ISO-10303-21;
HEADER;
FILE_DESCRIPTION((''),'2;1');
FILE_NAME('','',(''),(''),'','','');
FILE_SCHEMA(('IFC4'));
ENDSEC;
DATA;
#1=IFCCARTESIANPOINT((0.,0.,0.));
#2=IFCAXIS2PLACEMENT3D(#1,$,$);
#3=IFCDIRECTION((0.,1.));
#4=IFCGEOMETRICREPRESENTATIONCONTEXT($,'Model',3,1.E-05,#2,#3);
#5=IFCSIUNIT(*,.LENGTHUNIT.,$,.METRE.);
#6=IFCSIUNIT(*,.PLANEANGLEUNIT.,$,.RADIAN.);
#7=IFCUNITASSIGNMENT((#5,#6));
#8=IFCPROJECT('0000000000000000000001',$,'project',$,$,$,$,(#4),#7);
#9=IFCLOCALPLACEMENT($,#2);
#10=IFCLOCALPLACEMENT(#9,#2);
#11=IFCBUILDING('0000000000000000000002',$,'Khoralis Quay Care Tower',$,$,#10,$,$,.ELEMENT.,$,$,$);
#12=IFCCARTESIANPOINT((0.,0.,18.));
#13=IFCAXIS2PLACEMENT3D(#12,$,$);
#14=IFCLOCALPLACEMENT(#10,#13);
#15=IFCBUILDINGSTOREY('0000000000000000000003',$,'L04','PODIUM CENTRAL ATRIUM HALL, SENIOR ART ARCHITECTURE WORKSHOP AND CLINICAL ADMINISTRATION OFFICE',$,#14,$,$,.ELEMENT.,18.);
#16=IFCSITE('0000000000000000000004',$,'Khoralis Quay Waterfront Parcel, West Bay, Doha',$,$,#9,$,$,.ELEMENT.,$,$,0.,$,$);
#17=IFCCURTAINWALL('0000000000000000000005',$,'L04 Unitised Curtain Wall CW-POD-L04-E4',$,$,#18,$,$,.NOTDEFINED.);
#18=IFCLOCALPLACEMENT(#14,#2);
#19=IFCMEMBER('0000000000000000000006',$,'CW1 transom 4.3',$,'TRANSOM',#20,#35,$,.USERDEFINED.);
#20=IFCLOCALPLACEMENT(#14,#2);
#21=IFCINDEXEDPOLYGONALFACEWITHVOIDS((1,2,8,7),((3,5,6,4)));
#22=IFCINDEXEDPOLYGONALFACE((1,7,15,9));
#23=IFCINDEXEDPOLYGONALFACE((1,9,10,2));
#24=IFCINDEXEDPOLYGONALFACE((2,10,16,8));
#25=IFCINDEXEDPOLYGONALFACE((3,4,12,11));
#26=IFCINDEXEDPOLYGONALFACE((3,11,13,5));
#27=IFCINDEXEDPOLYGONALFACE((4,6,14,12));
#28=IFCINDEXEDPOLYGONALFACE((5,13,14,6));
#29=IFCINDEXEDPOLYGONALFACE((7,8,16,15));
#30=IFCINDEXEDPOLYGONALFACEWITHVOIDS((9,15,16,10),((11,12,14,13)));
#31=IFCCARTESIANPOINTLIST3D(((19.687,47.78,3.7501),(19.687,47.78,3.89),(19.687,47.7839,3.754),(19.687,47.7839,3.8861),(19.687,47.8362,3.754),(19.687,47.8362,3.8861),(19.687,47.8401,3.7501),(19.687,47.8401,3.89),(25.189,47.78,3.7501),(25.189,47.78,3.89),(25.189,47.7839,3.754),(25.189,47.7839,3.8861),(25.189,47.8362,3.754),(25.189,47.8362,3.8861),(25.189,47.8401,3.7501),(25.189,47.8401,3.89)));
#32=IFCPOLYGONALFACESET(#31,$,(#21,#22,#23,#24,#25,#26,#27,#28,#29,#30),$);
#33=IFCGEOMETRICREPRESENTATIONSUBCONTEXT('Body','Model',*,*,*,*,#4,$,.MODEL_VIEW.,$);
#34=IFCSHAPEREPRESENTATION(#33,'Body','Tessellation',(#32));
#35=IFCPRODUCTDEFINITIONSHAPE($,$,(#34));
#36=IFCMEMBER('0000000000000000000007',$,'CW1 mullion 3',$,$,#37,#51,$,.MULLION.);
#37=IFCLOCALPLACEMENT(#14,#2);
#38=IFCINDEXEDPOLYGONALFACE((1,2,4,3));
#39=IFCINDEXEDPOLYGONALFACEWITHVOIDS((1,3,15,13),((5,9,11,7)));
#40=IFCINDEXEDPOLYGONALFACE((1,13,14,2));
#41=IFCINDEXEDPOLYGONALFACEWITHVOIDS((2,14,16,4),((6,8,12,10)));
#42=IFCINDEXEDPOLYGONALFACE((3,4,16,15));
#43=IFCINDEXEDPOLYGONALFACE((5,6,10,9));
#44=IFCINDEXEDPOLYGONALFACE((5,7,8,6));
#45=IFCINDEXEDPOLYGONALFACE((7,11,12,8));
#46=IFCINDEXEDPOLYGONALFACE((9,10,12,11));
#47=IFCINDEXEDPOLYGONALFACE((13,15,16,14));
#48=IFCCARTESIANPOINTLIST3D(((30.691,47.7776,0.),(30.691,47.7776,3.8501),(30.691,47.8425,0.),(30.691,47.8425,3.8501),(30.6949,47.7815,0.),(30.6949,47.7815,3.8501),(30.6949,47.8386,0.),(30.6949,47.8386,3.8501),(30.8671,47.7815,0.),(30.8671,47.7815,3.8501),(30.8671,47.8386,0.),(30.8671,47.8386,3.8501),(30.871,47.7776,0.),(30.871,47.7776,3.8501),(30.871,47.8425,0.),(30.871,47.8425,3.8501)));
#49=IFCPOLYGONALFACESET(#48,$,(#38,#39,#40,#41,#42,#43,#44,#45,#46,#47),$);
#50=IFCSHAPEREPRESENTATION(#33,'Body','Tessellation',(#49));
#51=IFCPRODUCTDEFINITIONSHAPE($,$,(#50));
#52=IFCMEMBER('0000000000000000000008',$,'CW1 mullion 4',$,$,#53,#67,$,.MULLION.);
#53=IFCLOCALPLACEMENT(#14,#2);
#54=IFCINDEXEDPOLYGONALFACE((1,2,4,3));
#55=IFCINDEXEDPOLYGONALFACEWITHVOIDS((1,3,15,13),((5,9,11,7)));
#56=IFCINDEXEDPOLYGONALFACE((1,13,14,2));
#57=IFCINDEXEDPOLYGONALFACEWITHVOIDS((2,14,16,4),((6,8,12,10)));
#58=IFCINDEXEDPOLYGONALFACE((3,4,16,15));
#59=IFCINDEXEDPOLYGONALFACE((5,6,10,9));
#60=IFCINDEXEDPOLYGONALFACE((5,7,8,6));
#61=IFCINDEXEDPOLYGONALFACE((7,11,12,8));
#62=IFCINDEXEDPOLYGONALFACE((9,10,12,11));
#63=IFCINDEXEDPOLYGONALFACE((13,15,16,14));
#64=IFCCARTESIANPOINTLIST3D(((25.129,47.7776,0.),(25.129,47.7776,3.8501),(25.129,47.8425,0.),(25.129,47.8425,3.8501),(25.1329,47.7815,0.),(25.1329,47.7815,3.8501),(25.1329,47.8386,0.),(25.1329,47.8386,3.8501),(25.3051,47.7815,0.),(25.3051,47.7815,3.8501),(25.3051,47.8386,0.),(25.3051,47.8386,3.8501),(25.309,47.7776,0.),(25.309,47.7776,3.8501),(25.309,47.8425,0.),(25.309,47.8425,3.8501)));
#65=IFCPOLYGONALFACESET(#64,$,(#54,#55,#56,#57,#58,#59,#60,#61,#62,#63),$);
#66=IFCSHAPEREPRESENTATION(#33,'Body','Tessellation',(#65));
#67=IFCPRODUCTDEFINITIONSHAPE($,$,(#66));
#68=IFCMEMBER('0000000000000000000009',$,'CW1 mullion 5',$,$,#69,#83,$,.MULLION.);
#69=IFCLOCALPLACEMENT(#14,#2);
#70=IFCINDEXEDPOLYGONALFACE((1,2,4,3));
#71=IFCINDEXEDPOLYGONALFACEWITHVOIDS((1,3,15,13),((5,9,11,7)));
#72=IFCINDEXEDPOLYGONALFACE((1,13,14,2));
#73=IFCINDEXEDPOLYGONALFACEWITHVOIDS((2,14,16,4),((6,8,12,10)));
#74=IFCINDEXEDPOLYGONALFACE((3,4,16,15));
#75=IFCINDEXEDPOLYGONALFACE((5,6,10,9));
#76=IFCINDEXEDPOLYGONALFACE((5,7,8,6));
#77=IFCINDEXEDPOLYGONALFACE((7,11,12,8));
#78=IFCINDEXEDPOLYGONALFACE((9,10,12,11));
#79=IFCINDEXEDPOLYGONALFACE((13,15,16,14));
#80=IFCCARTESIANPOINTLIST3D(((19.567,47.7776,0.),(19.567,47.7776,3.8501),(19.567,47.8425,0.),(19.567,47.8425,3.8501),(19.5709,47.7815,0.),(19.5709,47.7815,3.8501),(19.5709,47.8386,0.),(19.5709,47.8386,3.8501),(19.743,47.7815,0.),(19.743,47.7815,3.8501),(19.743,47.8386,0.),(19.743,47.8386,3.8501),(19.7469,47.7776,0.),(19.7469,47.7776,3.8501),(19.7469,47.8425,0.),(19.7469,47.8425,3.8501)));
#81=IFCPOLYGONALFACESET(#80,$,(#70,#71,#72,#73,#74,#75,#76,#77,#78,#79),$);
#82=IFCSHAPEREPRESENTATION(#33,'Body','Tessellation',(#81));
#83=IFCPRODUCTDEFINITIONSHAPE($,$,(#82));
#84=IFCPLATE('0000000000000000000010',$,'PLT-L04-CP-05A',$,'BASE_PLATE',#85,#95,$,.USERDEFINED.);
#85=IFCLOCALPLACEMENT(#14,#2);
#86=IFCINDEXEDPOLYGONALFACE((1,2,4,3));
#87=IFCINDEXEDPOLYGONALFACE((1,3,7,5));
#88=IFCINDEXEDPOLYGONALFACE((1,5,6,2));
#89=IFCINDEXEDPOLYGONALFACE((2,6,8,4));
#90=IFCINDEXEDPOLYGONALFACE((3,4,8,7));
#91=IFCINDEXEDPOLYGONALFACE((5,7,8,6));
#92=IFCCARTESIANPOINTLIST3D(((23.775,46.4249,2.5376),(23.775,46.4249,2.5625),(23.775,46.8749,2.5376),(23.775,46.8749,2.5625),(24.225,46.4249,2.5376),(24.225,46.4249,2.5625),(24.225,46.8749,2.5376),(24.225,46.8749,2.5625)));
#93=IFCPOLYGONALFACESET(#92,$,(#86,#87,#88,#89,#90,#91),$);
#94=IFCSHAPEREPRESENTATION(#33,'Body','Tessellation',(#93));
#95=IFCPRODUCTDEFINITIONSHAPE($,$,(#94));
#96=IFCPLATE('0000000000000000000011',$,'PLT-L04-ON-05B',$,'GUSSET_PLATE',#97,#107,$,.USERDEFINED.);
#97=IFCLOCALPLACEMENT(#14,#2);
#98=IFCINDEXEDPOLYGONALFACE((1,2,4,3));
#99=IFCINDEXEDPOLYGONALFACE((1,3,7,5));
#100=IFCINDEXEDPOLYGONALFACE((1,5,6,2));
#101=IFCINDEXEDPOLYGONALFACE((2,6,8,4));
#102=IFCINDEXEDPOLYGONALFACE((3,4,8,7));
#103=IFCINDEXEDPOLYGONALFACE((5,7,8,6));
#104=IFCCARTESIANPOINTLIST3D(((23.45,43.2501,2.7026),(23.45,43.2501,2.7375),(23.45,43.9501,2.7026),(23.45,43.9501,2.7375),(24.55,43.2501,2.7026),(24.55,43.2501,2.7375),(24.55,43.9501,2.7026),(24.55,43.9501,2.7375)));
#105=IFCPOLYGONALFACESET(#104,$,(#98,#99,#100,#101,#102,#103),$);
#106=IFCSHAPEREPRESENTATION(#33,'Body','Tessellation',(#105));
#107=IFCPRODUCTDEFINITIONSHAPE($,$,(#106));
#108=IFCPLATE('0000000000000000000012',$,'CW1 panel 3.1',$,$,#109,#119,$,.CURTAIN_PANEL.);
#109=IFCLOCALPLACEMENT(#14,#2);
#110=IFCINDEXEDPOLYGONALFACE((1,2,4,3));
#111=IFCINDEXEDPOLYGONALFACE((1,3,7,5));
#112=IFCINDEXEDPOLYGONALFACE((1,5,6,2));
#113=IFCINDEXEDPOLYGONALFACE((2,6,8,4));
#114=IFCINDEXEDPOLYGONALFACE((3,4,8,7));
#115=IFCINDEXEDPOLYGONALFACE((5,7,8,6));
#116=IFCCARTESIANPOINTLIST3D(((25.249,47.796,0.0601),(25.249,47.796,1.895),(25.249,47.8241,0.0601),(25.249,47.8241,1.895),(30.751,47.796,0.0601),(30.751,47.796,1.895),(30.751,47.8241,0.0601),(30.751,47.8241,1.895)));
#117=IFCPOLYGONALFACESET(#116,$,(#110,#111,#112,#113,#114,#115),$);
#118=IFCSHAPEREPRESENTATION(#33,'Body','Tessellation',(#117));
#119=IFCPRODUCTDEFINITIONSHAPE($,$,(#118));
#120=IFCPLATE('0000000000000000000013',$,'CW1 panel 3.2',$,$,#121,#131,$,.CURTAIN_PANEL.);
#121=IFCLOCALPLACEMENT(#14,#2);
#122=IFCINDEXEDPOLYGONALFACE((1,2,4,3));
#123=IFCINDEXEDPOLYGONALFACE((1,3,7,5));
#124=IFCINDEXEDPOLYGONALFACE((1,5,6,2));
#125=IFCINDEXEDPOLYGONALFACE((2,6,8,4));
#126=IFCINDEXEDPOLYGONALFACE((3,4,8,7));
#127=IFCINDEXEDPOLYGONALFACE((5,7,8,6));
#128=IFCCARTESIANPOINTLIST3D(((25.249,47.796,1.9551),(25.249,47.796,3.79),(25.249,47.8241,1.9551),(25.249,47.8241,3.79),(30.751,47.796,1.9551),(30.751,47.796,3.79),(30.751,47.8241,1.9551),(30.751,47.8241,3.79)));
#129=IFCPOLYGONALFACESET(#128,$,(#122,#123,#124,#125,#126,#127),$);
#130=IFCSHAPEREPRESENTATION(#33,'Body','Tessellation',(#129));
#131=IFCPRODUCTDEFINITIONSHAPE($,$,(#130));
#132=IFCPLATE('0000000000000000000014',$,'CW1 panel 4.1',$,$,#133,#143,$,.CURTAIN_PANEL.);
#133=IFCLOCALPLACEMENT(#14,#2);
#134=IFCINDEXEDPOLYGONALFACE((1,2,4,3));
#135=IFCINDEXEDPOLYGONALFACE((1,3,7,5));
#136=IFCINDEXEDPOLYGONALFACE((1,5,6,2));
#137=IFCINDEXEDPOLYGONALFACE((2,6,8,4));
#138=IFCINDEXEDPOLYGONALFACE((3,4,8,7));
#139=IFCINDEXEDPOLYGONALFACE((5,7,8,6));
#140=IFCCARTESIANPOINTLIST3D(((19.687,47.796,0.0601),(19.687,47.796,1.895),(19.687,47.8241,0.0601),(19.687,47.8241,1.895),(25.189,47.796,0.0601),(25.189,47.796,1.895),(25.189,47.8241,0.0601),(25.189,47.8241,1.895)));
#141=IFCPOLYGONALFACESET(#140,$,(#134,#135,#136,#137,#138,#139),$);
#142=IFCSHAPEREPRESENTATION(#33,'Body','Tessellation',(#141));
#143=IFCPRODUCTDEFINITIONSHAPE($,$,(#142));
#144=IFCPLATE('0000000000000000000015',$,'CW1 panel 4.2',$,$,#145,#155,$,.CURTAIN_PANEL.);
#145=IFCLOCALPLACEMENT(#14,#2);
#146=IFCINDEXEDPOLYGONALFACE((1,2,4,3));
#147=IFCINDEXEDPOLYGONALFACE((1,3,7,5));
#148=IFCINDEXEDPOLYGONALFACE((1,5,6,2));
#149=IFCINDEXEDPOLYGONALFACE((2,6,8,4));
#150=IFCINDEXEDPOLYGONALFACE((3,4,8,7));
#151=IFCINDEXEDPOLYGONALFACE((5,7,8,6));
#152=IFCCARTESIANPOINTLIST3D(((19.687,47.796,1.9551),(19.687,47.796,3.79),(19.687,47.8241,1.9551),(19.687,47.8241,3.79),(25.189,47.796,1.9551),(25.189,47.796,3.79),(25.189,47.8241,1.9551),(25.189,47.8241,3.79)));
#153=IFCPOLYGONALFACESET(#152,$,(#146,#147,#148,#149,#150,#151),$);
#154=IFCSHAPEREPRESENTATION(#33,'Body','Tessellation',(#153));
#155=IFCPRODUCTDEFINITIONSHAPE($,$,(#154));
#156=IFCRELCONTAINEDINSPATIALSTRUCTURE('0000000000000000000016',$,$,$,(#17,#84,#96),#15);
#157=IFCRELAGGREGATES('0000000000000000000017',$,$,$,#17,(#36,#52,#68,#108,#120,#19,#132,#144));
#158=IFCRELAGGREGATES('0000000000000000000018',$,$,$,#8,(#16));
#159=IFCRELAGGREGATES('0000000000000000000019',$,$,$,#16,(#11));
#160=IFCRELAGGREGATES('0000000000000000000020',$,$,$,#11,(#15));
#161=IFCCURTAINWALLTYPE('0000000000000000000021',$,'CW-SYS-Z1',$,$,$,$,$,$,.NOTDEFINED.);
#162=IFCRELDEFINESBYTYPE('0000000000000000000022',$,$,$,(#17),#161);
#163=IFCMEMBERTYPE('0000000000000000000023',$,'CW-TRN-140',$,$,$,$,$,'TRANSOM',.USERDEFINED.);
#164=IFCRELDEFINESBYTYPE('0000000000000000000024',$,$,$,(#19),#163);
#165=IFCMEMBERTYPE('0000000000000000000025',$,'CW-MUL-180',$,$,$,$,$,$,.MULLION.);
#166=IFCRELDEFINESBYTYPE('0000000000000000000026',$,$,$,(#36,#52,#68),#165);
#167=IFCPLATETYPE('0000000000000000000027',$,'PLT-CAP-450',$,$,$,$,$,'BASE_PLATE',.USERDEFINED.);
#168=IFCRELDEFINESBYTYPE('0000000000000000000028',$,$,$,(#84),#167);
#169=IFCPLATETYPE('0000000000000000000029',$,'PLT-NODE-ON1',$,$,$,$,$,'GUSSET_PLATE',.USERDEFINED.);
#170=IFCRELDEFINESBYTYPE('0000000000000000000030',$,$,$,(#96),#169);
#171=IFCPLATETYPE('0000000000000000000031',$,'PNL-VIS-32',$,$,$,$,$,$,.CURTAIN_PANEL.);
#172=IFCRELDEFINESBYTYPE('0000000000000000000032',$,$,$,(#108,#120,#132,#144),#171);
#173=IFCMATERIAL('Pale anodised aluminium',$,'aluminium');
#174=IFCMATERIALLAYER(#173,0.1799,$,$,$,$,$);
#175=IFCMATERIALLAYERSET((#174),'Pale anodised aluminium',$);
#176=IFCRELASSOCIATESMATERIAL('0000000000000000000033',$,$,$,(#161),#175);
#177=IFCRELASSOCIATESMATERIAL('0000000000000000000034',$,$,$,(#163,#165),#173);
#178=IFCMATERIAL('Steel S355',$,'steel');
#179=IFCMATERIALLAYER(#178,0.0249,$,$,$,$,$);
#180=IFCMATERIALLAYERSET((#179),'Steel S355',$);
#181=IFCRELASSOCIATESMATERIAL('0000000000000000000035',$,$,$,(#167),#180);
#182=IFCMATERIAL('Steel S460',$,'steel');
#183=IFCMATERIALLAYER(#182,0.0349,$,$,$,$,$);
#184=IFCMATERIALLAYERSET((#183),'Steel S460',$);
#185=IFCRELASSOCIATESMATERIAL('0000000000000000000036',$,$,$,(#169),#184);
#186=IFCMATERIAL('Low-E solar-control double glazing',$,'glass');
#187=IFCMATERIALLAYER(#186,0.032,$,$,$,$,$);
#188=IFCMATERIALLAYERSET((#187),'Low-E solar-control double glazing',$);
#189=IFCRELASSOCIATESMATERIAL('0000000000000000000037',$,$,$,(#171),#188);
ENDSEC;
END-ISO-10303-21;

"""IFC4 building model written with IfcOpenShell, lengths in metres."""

from ifc_helpers import new_model, si_unit, direction, frame, origin, origin_2d, place, context, subcontext, project, spatial, rectangle, hollow_rectangle, extrude, source, transform, mapped, material, layer, layer_set, material_profile, profile_set, type_object, element, aggregate, save


model = new_model("IFC4")

# Units and contexts
model_context = context("Model", 3, precision=1e-05, world=origin(), true_north=direction((0.0, 1.0)))
body_context = subcontext(model_context, "Body", "Model", "MODEL_VIEW")
ifc_project = project(units=[si_unit("LENGTHUNIT", "METRE"), si_unit("PLANEANGLEUNIT", "RADIAN")], contexts=[model_context])

# Site, building, storey
site_placement = place(None, origin())
site = spatial("IfcSite", under=ifc_project, at=site_placement, Name="Khoralis Quay Waterfront Parcel, West Bay, Doha", CompositionType="ELEMENT", RefElevation=0.0)
building_placement = place(site_placement, origin())
building = spatial("IfcBuilding", under=site, at=building_placement, Name="Khoralis Quay Care Tower", CompositionType="ELEMENT")
storey_placement = place(building_placement, frame((0.0, 0.0, 18.0)))
storey = spatial("IfcBuildingStorey", under=building, at=storey_placement, Name="L04", Description="PODIUM CENTRAL ATRIUM HALL, SENIOR ART ARCHITECTURE WORKSHOP AND CLINICAL ADMINISTRATION OFFICE", CompositionType="ELEMENT", Elevation=18.0)

# Shared definitions
ifc_material_1 = material(Name="Steel S460", Category="steel")

# Curtain wall, members
ifc_material_2 = material(Name="Pale anodised aluminium", Category="aluminium")
ifc_layer_1 = layer(ifc_material_2, 0.1799)
ifc_layer_set_1 = layer_set([ifc_layer_1], Name="Pale anodised aluminium")
curtain_wall_type = type_object("IfcCurtainWallType", Name="CW-SYS-Z1", PredefinedType="NOTDEFINED", material=ifc_layer_set_1)
curtain_wall_placement = place(storey_placement, origin())
curtain_wall = element("IfcCurtainWall", 1, at=curtain_wall_placement, inside=storey, type_object=curtain_wall_type, Name="L04 Unitised Curtain Wall CW-POD-L04-E4", PredefinedType="NOTDEFINED")
ifc_material_profile_1 = material_profile(ifc_material_2, hollow_rectangle(XDim=0.0601, YDim=0.1399, WallThickness=0.0039, at=origin_2d()), Name="Pale anodised aluminium")
ifc_profile_set_1 = profile_set([ifc_material_profile_1], Name="Pale anodised aluminium")
member_type_1 = type_object("IfcMemberType", Name="CW-TRN-140", ElementType="TRANSOM", PredefinedType="USERDEFINED", material=ifc_profile_set_1)
shared_shape_1 = source(origin(), body_context, "Body", "SweptSolid", [
    extrude(hollow_rectangle(XDim=0.0601, YDim=0.1399, WallThickness=0.0039, at=origin_2d()), origin(), (0.0, 0.0, 1.0), 5.502),
])
member_1_placement = place(storey_placement, frame((25.189, 47.8101, 3.8201), z_axis=(-1.0, 0.0, 0.0), x_axis=(0.0, -1.0, 0.0)))
member_1 = element("IfcMember", 2, at=member_1_placement, type_object=member_type_1, Name="CW1 transom 4.3", ObjectType="TRANSOM", PredefinedType="USERDEFINED", context=body_context, shape_type="MappedRepresentation", body=[
    mapped(shared_shape_1, transform((0.0, 0.0, 0.0), scale=1.0)),
])
ifc_material_profile_2 = material_profile(ifc_material_2, hollow_rectangle(XDim=0.0649, YDim=0.1799, WallThickness=0.0039, at=origin_2d()), Name="Pale anodised aluminium")
ifc_profile_set_2 = profile_set([ifc_material_profile_2], Name="Pale anodised aluminium")
member_type_2 = type_object("IfcMemberType", Name="CW-MUL-180", PredefinedType="MULLION", material=ifc_profile_set_2)
shared_shape_2 = source(origin(), body_context, "Body", "SweptSolid", [
    extrude(hollow_rectangle(XDim=0.0649, YDim=0.1799, WallThickness=0.0039, at=origin_2d()), origin(), (0.0, 0.0, 1.0), 3.8501),
])
member_2_placement = place(storey_placement, frame((30.781, 47.8101, 0.0), z_axis=(0.0, 0.0, 1.0), x_axis=(0.0, -1.0, 0.0)))
member_2 = element("IfcMember", 3, at=member_2_placement, type_object=member_type_2, Name="CW1 mullion 3", PredefinedType="MULLION", context=body_context, shape_type="MappedRepresentation", body=[
    mapped(shared_shape_2, transform((0.0, 0.0, 0.0), scale=1.0)),
])
member_3_placement = place(storey_placement, frame((25.219, 47.8101, 0.0), z_axis=(0.0, 0.0, 1.0), x_axis=(0.0, -1.0, 0.0)))
member_3 = element("IfcMember", 4, at=member_3_placement, type_object=member_type_2, Name="CW1 mullion 4", PredefinedType="MULLION", context=body_context, shape_type="MappedRepresentation", body=[
    mapped(shared_shape_2, transform((0.0, 0.0, 0.0), scale=1.0)),
])
member_4_placement = place(storey_placement, frame((19.657, 47.8101, 0.0), z_axis=(0.0, 0.0, 1.0), x_axis=(0.0, -1.0, 0.0)))
member_4 = element("IfcMember", 5, at=member_4_placement, type_object=member_type_2, Name="CW1 mullion 5", PredefinedType="MULLION", context=body_context, shape_type="MappedRepresentation", body=[
    mapped(shared_shape_2, transform((0.0, 0.0, 0.0), scale=1.0)),
])

# Plates
ifc_material_3 = material(Name="Steel S355", Category="steel")
ifc_layer_2 = layer(ifc_material_3, 0.0249)
ifc_layer_set_2 = layer_set([ifc_layer_2], Name="Steel S355")
plate_type_1 = type_object("IfcPlateType", Name="PLT-CAP-450", ElementType="BASE_PLATE", PredefinedType="USERDEFINED", material=ifc_layer_set_2)
shared_shape_3 = source(origin(), body_context, "Body", "SweptSolid", [
    extrude(rectangle(XDim=0.45, YDim=0.45, at=origin_2d()), origin(), (0.0, 0.0, 1.0), 0.0249),
])
plate_1_placement = place(storey_placement, frame((24.0, 46.6499, 2.5376), z_axis=(0.0, 0.0, 1.0), x_axis=(1.0, 0.0, 0.0)))
element("IfcPlate", 6, at=plate_1_placement, inside=storey, type_object=plate_type_1, Name="PLT-L04-CP-05A", ObjectType="BASE_PLATE", PredefinedType="USERDEFINED", context=body_context, shape_type="MappedRepresentation", body=[
    mapped(shared_shape_3, transform((0.0, 0.0, 0.0), scale=1.0)),
])
ifc_layer_3 = layer(ifc_material_1, 0.0349)
ifc_layer_set_3 = layer_set([ifc_layer_3], Name="Steel S460")
plate_type_2 = type_object("IfcPlateType", Name="PLT-NODE-ON1", ElementType="GUSSET_PLATE", PredefinedType="USERDEFINED", material=ifc_layer_set_3)
shared_shape_4 = source(origin(), body_context, "Body", "SweptSolid", [
    extrude(rectangle(XDim=1.1001, YDim=0.7, at=origin_2d()), origin(), (0.0, 0.0, 1.0), 0.0349),
])
plate_2_placement = place(storey_placement, frame((24.0, 43.6001, 2.7026), z_axis=(0.0, 0.0, 1.0), x_axis=(1.0, 0.0, 0.0)))
element("IfcPlate", 7, at=plate_2_placement, inside=storey, type_object=plate_type_2, Name="PLT-L04-ON-05B", ObjectType="GUSSET_PLATE", PredefinedType="USERDEFINED", context=body_context, shape_type="MappedRepresentation", body=[
    mapped(shared_shape_4, transform((0.0, 0.0, 0.0), scale=1.0)),
])

# Plates
ifc_material_4 = material(Name="Low-E solar-control double glazing", Category="glass")
ifc_layer_4 = layer(ifc_material_4, 0.032)
ifc_layer_set_4 = layer_set([ifc_layer_4], Name="Low-E solar-control double glazing")
plate_type_3 = type_object("IfcPlateType", Name="PNL-VIS-32", PredefinedType="CURTAIN_PANEL", material=ifc_layer_set_4)
shared_shape_5 = source(origin(), body_context, "Body", "SweptSolid", [
    extrude(rectangle(XDim=5.502, YDim=0.0281, at=origin_2d()), origin(), (0.0, 0.0, 1.0), 1.835),
])
plate_3_placement = place(storey_placement, frame((28.0, 47.8101, 0.0601), z_axis=(0.0, 0.0, 1.0), x_axis=(-1.0, 0.0, 0.0)))
plate_3 = element("IfcPlate", 8, at=plate_3_placement, type_object=plate_type_3, Name="CW1 panel 3.1", PredefinedType="CURTAIN_PANEL", context=body_context, shape_type="MappedRepresentation", body=[
    mapped(shared_shape_5, transform((0.0, 0.0, 0.0), scale=1.0)),
])
plate_4_placement = place(storey_placement, frame((28.0, 47.8101, 1.9551), z_axis=(0.0, 0.0, 1.0), x_axis=(-1.0, 0.0, 0.0)))
plate_4 = element("IfcPlate", 9, at=plate_4_placement, type_object=plate_type_3, Name="CW1 panel 3.2", PredefinedType="CURTAIN_PANEL", context=body_context, shape_type="MappedRepresentation", body=[
    mapped(shared_shape_5, transform((0.0, 0.0, 0.0), scale=1.0)),
])
plate_5_placement = place(storey_placement, frame((22.438, 47.8101, 0.0601), z_axis=(0.0, 0.0, 1.0), x_axis=(-1.0, 0.0, 0.0)))
plate_5 = element("IfcPlate", 10, at=plate_5_placement, type_object=plate_type_3, Name="CW1 panel 4.1", PredefinedType="CURTAIN_PANEL", context=body_context, shape_type="MappedRepresentation", body=[
    mapped(shared_shape_5, transform((0.0, 0.0, 0.0), scale=1.0)),
])
plate_6_placement = place(storey_placement, frame((22.438, 47.8101, 1.9551), z_axis=(0.0, 0.0, 1.0), x_axis=(-1.0, 0.0, 0.0)))
plate_6 = element("IfcPlate", 11, at=plate_6_placement, type_object=plate_type_3, Name="CW1 panel 4.2", PredefinedType="CURTAIN_PANEL", context=body_context, shape_type="MappedRepresentation", body=[
    mapped(shared_shape_5, transform((0.0, 0.0, 0.0), scale=1.0)),
])
aggregate(curtain_wall, [member_2, member_3, member_4, plate_3, plate_4, member_1, plate_5, plate_6])

save(model, "model.ifc")
